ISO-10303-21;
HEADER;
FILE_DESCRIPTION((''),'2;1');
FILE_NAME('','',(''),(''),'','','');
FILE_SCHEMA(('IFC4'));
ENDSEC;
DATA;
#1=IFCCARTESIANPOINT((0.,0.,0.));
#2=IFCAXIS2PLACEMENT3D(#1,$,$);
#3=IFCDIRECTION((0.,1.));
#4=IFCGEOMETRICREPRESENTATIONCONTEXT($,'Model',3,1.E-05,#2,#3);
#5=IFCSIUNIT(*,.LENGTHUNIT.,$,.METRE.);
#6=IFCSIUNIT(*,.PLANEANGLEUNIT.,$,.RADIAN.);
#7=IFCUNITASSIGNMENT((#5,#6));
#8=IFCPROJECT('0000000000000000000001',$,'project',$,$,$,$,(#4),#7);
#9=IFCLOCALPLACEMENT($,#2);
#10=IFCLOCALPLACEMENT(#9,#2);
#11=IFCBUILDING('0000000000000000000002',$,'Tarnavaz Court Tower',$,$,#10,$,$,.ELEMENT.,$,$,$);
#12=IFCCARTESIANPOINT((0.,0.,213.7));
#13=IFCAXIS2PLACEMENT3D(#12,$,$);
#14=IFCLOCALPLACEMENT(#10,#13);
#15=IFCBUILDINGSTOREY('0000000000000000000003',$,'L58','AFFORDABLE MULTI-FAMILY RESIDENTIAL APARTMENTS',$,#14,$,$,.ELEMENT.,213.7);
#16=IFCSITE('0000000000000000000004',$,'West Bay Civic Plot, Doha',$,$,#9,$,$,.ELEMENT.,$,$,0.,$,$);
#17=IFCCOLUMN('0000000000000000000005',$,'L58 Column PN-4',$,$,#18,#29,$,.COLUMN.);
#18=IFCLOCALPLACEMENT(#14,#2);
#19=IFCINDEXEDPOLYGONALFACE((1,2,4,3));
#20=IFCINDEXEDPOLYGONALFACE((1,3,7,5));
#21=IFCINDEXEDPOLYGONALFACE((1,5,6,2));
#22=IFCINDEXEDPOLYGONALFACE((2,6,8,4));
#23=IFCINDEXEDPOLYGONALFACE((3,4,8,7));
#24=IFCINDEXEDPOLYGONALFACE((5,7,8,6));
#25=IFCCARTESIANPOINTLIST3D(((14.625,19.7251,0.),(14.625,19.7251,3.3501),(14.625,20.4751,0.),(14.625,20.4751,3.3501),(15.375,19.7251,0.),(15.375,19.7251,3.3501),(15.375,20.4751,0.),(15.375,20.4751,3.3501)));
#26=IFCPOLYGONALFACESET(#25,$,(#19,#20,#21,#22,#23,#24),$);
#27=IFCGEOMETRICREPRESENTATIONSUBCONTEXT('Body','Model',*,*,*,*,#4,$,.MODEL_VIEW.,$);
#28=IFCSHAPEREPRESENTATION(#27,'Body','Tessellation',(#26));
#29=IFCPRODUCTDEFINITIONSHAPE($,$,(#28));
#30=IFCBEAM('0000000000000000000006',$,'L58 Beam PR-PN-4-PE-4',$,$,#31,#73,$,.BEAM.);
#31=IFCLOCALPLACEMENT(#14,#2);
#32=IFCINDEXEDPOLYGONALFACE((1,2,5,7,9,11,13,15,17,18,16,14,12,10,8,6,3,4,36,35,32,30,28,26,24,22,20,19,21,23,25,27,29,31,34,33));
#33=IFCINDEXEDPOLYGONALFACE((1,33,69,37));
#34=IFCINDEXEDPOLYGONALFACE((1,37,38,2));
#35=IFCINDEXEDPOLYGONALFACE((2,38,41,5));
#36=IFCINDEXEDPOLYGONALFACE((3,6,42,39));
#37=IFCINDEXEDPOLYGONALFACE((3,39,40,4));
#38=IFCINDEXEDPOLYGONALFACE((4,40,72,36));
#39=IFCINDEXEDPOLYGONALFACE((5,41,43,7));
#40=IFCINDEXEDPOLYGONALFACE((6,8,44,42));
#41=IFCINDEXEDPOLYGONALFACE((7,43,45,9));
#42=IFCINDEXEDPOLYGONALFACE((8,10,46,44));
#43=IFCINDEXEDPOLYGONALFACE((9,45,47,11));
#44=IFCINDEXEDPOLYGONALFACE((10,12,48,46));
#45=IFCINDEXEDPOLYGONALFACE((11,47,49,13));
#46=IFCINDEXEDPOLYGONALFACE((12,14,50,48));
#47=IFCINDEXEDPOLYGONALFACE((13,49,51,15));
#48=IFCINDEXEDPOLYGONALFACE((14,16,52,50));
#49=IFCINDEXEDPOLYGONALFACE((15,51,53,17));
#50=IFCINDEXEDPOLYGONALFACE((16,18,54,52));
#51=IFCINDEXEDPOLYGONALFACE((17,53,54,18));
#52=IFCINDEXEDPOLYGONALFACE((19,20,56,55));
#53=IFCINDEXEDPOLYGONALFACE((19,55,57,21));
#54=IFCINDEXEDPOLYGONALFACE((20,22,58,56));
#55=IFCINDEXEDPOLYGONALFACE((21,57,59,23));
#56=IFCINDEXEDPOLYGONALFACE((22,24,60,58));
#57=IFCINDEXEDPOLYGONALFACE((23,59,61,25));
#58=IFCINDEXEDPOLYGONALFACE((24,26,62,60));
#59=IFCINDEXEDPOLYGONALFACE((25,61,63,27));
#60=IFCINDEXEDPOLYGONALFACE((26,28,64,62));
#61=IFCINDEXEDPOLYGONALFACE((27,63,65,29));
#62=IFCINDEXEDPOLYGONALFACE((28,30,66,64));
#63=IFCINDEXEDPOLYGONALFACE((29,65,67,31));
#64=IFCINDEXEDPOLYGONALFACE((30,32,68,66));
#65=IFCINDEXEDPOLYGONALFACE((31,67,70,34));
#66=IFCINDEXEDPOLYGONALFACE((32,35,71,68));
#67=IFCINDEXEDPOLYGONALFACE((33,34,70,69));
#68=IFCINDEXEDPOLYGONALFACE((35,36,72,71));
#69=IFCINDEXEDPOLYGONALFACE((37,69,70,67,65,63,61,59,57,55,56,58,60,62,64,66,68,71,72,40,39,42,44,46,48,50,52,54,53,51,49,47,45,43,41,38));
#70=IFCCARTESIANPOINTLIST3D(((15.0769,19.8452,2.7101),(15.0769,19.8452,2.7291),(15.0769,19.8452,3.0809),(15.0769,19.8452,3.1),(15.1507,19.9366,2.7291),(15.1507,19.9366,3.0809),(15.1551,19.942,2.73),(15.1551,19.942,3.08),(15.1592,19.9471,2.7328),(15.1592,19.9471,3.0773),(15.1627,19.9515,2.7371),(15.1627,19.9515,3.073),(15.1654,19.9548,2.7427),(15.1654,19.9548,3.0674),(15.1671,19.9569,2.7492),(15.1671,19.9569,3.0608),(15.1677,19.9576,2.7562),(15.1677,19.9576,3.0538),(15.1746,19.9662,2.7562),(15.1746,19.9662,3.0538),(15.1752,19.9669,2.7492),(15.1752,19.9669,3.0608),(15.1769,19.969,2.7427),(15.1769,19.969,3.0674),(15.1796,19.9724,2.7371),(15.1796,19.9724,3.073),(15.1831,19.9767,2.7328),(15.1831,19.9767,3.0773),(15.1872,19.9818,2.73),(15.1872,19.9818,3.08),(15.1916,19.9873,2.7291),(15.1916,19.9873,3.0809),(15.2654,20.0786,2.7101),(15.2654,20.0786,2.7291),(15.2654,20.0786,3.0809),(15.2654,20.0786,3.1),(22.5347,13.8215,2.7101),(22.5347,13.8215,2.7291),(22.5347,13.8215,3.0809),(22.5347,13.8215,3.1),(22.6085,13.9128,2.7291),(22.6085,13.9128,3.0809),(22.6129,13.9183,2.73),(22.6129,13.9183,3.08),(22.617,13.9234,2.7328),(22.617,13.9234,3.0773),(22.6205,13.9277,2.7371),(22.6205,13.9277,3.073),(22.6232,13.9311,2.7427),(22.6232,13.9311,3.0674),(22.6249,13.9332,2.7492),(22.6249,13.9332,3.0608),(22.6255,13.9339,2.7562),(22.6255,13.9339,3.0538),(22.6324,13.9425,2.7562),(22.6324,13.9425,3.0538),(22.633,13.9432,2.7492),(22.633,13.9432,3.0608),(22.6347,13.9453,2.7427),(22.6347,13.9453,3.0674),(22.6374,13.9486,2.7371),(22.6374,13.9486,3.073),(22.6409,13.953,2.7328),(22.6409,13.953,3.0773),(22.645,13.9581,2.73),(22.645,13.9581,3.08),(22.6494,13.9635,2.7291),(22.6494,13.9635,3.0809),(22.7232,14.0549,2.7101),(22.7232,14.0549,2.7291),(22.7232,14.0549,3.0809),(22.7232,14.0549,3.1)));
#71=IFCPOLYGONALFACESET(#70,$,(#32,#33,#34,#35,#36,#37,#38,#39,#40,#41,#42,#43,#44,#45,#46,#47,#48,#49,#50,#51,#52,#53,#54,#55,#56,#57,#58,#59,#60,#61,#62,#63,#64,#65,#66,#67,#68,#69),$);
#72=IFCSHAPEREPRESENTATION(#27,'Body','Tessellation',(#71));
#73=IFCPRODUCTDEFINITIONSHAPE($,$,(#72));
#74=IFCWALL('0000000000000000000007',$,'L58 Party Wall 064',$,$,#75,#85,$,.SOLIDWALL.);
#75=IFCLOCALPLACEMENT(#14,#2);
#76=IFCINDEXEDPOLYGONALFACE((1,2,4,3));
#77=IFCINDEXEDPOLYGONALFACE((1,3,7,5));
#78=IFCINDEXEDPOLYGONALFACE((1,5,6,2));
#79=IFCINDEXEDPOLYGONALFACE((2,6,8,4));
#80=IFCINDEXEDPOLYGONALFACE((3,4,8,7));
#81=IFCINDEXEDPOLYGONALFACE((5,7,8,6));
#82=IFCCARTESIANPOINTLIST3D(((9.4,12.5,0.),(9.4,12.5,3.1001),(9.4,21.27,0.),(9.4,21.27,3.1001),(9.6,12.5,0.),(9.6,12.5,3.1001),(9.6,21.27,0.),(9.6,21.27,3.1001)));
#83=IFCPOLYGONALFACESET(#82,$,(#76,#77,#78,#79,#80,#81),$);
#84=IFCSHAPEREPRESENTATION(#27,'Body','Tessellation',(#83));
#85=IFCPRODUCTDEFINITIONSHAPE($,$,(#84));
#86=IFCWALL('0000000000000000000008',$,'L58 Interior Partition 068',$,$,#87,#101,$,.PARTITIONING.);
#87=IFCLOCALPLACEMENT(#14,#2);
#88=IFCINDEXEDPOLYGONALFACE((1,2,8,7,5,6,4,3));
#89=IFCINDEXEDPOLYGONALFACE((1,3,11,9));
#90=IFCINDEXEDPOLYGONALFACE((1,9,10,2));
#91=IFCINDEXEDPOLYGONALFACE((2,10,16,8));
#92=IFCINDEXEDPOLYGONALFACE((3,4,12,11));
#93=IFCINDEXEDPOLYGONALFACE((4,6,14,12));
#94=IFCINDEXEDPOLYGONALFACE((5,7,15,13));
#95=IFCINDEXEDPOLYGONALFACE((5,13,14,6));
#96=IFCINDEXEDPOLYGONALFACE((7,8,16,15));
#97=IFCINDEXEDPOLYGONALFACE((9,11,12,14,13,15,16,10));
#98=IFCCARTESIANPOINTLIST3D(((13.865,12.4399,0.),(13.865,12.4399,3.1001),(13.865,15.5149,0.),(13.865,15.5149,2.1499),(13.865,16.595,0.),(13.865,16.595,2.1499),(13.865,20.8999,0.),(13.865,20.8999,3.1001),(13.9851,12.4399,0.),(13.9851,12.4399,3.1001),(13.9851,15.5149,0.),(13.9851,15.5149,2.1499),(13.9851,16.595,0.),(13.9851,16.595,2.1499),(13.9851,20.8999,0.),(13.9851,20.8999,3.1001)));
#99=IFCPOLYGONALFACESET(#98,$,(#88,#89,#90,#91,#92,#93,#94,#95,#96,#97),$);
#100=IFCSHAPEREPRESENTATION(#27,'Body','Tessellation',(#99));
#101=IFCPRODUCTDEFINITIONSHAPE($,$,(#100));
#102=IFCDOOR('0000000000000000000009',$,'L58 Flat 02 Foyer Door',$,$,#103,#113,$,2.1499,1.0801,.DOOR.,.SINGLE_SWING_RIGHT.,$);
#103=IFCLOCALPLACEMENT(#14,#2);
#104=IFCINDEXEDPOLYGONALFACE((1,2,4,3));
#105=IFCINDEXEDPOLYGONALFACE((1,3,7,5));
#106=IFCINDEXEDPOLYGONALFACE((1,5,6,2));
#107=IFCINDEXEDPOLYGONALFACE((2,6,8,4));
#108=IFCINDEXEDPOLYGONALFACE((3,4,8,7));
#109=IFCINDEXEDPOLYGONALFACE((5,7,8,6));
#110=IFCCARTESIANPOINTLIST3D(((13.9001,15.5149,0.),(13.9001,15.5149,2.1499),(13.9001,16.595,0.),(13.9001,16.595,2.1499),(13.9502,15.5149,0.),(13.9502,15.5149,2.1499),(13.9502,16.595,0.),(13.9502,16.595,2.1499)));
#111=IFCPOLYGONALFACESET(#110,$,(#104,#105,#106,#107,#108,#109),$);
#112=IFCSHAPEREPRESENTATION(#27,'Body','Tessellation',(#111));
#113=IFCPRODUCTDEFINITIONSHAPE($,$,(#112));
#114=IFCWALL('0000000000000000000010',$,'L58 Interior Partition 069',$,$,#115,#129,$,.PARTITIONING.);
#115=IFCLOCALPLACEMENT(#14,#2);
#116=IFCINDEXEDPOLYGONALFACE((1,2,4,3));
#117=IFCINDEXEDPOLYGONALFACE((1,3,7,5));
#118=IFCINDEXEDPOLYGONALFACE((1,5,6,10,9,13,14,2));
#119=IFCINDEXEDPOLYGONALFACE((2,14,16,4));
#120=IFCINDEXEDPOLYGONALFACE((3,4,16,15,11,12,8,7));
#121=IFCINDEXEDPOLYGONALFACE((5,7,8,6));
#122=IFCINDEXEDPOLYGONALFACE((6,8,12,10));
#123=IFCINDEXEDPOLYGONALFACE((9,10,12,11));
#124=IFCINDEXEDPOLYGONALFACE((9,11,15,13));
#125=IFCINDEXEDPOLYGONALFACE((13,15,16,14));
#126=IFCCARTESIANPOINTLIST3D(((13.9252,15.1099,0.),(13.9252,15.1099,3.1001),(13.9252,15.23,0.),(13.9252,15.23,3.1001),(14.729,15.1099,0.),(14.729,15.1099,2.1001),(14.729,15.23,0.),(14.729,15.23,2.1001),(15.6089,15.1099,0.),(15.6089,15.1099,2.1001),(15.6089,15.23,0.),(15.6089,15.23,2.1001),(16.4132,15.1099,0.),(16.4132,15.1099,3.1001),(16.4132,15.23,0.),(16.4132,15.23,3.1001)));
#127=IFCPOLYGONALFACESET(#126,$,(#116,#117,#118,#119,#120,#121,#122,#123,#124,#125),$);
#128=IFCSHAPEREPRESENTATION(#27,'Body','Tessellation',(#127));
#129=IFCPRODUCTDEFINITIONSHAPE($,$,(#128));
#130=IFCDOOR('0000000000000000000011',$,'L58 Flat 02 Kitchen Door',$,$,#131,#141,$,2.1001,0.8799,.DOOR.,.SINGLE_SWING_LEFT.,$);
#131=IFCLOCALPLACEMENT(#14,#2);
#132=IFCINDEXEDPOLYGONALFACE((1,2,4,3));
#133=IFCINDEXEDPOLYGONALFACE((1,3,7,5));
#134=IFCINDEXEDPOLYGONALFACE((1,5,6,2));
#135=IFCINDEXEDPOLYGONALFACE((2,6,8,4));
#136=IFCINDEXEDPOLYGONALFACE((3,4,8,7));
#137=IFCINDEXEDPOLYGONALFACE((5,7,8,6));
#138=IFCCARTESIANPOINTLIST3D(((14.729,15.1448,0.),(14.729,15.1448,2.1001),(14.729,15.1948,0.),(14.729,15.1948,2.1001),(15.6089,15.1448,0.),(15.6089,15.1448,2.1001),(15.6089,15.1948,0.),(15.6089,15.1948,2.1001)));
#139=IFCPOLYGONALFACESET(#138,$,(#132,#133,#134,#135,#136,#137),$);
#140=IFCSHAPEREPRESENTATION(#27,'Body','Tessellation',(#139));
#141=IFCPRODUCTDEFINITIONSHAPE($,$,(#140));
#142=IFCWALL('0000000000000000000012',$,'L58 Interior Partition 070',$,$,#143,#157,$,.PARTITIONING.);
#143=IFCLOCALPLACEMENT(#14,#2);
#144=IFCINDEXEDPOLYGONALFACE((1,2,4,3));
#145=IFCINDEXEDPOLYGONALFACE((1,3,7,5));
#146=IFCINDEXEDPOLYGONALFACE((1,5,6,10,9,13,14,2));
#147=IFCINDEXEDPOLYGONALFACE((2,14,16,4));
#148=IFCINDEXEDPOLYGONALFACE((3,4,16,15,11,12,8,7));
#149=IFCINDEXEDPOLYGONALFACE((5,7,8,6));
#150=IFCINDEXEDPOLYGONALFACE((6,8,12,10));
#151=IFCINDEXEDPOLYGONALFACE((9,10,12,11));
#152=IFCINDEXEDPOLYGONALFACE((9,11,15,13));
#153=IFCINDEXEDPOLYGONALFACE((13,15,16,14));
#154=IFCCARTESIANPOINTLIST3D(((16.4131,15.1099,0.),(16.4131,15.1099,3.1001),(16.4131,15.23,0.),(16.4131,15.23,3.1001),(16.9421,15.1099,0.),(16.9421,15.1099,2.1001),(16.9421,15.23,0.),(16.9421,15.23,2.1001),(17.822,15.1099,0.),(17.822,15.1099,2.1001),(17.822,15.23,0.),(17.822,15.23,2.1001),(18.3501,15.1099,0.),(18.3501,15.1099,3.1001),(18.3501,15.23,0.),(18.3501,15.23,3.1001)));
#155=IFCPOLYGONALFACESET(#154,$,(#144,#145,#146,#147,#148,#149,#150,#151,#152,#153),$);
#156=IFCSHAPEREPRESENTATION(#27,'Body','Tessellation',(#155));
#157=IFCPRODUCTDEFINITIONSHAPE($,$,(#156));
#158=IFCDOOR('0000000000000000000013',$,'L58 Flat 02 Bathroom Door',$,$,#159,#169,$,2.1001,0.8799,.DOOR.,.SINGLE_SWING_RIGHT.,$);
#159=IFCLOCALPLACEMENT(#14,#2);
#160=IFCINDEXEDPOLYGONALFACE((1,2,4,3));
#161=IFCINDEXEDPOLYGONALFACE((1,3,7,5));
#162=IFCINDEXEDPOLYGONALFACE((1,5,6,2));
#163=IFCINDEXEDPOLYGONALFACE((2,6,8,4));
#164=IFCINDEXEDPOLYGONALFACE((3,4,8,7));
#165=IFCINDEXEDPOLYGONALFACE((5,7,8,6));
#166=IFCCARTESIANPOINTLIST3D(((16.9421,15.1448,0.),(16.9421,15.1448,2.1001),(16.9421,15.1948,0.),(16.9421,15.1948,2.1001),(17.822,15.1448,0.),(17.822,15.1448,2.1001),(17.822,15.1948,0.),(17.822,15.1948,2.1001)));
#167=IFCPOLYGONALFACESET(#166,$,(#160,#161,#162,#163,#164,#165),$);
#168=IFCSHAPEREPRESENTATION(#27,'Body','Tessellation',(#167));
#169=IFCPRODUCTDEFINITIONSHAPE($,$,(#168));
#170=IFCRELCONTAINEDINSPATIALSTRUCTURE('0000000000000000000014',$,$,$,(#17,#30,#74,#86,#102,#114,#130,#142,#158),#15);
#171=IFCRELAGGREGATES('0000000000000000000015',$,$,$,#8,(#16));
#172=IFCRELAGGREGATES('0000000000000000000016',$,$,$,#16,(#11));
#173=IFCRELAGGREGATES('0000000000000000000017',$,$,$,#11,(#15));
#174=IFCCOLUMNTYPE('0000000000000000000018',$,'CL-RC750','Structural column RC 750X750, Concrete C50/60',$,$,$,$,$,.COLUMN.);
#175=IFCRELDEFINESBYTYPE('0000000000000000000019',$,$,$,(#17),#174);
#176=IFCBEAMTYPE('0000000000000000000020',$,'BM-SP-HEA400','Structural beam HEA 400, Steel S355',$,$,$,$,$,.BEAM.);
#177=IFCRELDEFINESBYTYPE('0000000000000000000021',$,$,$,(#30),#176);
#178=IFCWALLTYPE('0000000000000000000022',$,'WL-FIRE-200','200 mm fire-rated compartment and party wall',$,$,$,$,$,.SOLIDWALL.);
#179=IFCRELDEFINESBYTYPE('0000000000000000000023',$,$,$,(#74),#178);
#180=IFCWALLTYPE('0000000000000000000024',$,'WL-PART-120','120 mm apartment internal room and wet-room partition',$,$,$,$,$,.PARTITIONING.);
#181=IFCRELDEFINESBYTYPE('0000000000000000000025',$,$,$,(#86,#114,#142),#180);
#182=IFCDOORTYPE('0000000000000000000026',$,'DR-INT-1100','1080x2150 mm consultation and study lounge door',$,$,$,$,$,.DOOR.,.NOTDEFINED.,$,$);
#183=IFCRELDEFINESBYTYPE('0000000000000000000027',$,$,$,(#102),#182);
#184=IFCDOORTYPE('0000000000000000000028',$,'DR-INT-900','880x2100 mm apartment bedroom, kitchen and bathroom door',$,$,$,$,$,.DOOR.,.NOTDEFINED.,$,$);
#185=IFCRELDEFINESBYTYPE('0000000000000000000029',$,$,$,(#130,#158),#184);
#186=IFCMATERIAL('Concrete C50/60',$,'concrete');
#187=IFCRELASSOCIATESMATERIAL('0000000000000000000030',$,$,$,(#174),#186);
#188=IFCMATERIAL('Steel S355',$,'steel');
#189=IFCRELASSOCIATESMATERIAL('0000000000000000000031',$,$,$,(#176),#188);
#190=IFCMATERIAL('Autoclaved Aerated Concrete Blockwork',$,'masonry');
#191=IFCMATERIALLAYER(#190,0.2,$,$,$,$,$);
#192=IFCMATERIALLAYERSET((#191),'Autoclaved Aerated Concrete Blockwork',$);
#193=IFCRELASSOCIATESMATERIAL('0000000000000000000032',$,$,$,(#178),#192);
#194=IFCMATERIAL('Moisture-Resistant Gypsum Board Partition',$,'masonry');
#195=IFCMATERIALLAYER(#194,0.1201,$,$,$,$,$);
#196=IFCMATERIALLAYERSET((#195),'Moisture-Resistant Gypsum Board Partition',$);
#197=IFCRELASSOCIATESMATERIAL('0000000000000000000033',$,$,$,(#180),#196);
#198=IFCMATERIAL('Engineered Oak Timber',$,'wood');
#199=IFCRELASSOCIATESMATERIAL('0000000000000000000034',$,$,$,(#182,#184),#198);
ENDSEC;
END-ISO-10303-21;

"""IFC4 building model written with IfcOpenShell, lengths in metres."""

from ifc_helpers import new_model, si_unit, direction, frame, frame_2d, origin, origin_2d, place, context, subcontext, project, spatial, rectangle, i_section, extrude, material, layer, layer_set, material_profile, profile_set, type_object, element, fill, save


model = new_model("IFC4")

# Units and contexts
model_context = context("Model", 3, precision=1e-05, world=origin(), true_north=direction((0.0, 1.0)))
body_context = subcontext(model_context, "Body", "Model", "MODEL_VIEW")
ifc_project = project(units=[si_unit("LENGTHUNIT", "METRE"), si_unit("PLANEANGLEUNIT", "RADIAN")], contexts=[model_context])

# Site, building, storey
site_placement = place(None, origin())
site = spatial("IfcSite", under=ifc_project, at=site_placement, Name="West Bay Civic Plot, Doha", CompositionType="ELEMENT", RefElevation=0.0)
building_placement = place(site_placement, origin())
building = spatial("IfcBuilding", under=site, at=building_placement, Name="Tarnavaz Court Tower", CompositionType="ELEMENT")
storey_placement = place(building_placement, frame((0.0, 0.0, 213.7)))
storey = spatial("IfcBuildingStorey", under=building, at=storey_placement, Name="L58", Description="AFFORDABLE MULTI-FAMILY RESIDENTIAL APARTMENTS", CompositionType="ELEMENT", Elevation=213.7)

# Column
ifc_material_1 = material(Name="Concrete C50/60", Category="concrete")
ifc_material_profile_1 = material_profile(ifc_material_1, rectangle(XDim=0.75, YDim=0.75, at=origin_2d()), Name="RC 750X750")
ifc_profile_set_1 = profile_set([ifc_material_profile_1], Name="Concrete C50/60")
column_type = type_object("IfcColumnType", Name="CL-RC750", Description="Structural column RC 750X750, Concrete C50/60", PredefinedType="COLUMN", material=ifc_profile_set_1)
column_placement = place(storey_placement, frame((15.0, 20.1001, 0.0), z_axis=(0.0, 0.0, 1.0), x_axis=(1.0, 0.0, 0.0)))
element("IfcColumn", 1, at=column_placement, inside=storey, type_object=column_type, Name="L58 Column PN-4", PredefinedType="COLUMN", context=body_context, shape_type="SweptSolid", body=[
    extrude(rectangle(XDim=0.75, YDim=0.75, at=origin_2d()), origin(), (0.0, 0.0, 1.0), 3.3501),
])

# Beam
ifc_material_2 = material(Name="Steel S355", Category="steel")
ifc_material_profile_2 = material_profile(ifc_material_2, i_section(OverallWidth=0.3, OverallDepth=0.3899, WebThickness=0.011, FlangeThickness=0.019, FilletRadius=0.0271, at=origin_2d()), Name="HEA 400")
ifc_profile_set_2 = profile_set([ifc_material_profile_2], Name="Steel S355")
beam_type = type_object("IfcBeamType", Name="BM-SP-HEA400", Description="Structural beam HEA 400, Steel S355", PredefinedType="BEAM", material=ifc_profile_set_2)
beam_placement = place(storey_placement, frame((15.1711, 19.9619, 2.905), z_axis=(0.777936, -0.628344, 0.0), x_axis=(0.628344, 0.777936, 0.0)))
element("IfcBeam", 2, at=beam_placement, inside=storey, type_object=beam_type, Name="L58 Beam PR-PN-4-PE-4", PredefinedType="BEAM", context=body_context, shape_type="SweptSolid", body=[
    extrude(i_section(OverallWidth=0.3, OverallDepth=0.3899, WebThickness=0.011, FlangeThickness=0.019, FilletRadius=0.0271, at=origin_2d()), origin(), (0.0, 0.0, 1.0), 9.5867),
])

# Wall
ifc_material_3 = material(Name="Autoclaved Aerated Concrete Blockwork", Category="masonry")
ifc_layer_1 = layer(ifc_material_3, 0.2)
ifc_layer_set_1 = layer_set([ifc_layer_1], Name="Autoclaved Aerated Concrete Blockwork")
wall_type_1 = type_object("IfcWallType", Name="WL-FIRE-200", Description="200 mm fire-rated compartment and party wall", PredefinedType="SOLIDWALL", material=ifc_layer_set_1)
wall_1_placement = place(storey_placement, frame((9.5, 12.5, 0.0), z_axis=(0.0, 0.0, 1.0), x_axis=(0.0, 1.0, 0.0)))
element("IfcWall", 3, at=wall_1_placement, inside=storey, type_object=wall_type_1, Name="L58 Party Wall 064", PredefinedType="SOLIDWALL", context=body_context, shape_type="SweptSolid", body=[
    extrude(rectangle(XDim=8.77, YDim=0.2, at=frame_2d((4.385, 0.0))), origin(), (0.0, 0.0, 1.0), 3.1001),
])

# Walls, openings, doors
ifc_material_4 = material(Name="Moisture-Resistant Gypsum Board Partition", Category="masonry")
ifc_layer_2 = layer(ifc_material_4, 0.1201)
ifc_layer_set_2 = layer_set([ifc_layer_2], Name="Moisture-Resistant Gypsum Board Partition")
wall_type_2 = type_object("IfcWallType", Name="WL-PART-120", Description="120 mm apartment internal room and wet-room partition", PredefinedType="PARTITIONING", material=ifc_layer_set_2)
wall_2_placement = place(storey_placement, frame((13.925, 12.4399, 0.0), z_axis=(0.0, 0.0, 1.0), x_axis=(0.0, 1.0, 0.0)))
wall_2 = element("IfcWall", 4, at=wall_2_placement, inside=storey, type_object=wall_type_2, Name="L58 Interior Partition 068", PredefinedType="PARTITIONING", context=body_context, shape_type="SweptSolid", body=[
    extrude(rectangle(XDim=8.46, YDim=0.1201, at=frame_2d((4.23, 0.0))), origin(), (0.0, 0.0, 1.0), 3.1001),
])
opening_1_placement = place(wall_2_placement, frame((3.075, 0.0, 0.0)))
opening_1 = element("IfcOpeningElement", 5, at=opening_1_placement, cuts=wall_2, PredefinedType="OPENING", context=body_context, shape_type="SweptSolid", body=[
    extrude(rectangle(XDim=1.0801, YDim=2.1499, at=frame_2d((0.54, 1.075))), frame((0.0, 0.0701, 0.0), z_axis=(0.0, -1.0, 0.0), x_axis=(1.0, 0.0, 0.0)), (0.0, 0.0, 1.0), 0.1401),
])
ifc_material_5 = material(Name="Engineered Oak Timber", Category="wood")
door_type_1 = type_object("IfcDoorType", Name="DR-INT-1100", Description="1080x2150 mm consultation and study lounge door", OperationType="NOTDEFINED", PredefinedType="DOOR", material=ifc_material_5)
door_1_placement = place(opening_1_placement, origin())
door_1 = element("IfcDoor", 6, at=door_1_placement, inside=storey, type_object=door_type_1, Name="L58 Flat 02 Foyer Door", OperationType="SINGLE_SWING_RIGHT", OverallHeight=2.1499, OverallWidth=1.0801, PredefinedType="DOOR", context=body_context, shape_type="SweptSolid", body=[
    extrude(rectangle(XDim=1.0801, YDim=2.1499, at=frame_2d((0.54, 1.075))), frame((0.0, 0.0249, 0.0), z_axis=(0.0, -1.0, 0.0), x_axis=(1.0, 0.0, 0.0)), (0.0, 0.0, 1.0), 0.05),
])
fill(opening_1, door_1)
wall_3_placement = place(storey_placement, frame((13.925, 15.1699, 0.0), z_axis=(0.0, 0.0, 1.0), x_axis=(1.0, 0.0, 0.0)))
wall_3 = element("IfcWall", 7, at=wall_3_placement, inside=storey, type_object=wall_type_2, Name="L58 Interior Partition 069", PredefinedType="PARTITIONING", context=body_context, shape_type="SweptSolid", body=[
    extrude(rectangle(XDim=2.488, YDim=0.1201, at=frame_2d((1.2441, 0.0))), origin(), (0.0, 0.0, 1.0), 3.1001),
])
opening_2_placement = place(wall_3_placement, frame((0.804, 0.0, 0.0)))
opening_2 = element("IfcOpeningElement", 8, at=opening_2_placement, cuts=wall_3, PredefinedType="OPENING", context=body_context, shape_type="SweptSolid", body=[
    extrude(rectangle(XDim=0.8799, YDim=2.1001, at=frame_2d((0.4399, 1.05))), frame((0.0, 0.0701, 0.0), z_axis=(0.0, -1.0, 0.0), x_axis=(1.0, 0.0, 0.0)), (0.0, 0.0, 1.0), 0.1401),
])
door_type_2 = type_object("IfcDoorType", Name="DR-INT-900", Description="880x2100 mm apartment bedroom, kitchen and bathroom door", OperationType="NOTDEFINED", PredefinedType="DOOR", material=ifc_material_5)
door_2_placement = place(opening_2_placement, origin())
door_2 = element("IfcDoor", 9, at=door_2_placement, inside=storey, type_object=door_type_2, Name="L58 Flat 02 Kitchen Door", OperationType="SINGLE_SWING_LEFT", OverallHeight=2.1001, OverallWidth=0.8799, PredefinedType="DOOR", context=body_context, shape_type="SweptSolid", body=[
    extrude(rectangle(XDim=0.8799, YDim=2.1001, at=frame_2d((0.4399, 1.05))), frame((0.0, 0.0249, 0.0), z_axis=(0.0, -1.0, 0.0), x_axis=(1.0, 0.0, 0.0)), (0.0, 0.0, 1.0), 0.05),
])
fill(opening_2, door_2)
wall_4_placement = place(storey_placement, frame((16.4131, 15.1699, 0.0), z_axis=(0.0, 0.0, 1.0), x_axis=(1.0, 0.0, 0.0)))
wall_4 = element("IfcWall", 10, at=wall_4_placement, inside=storey, type_object=wall_type_2, Name="L58 Interior Partition 070", PredefinedType="PARTITIONING", context=body_context, shape_type="SweptSolid", body=[
    extrude(rectangle(XDim=1.937, YDim=0.1201, at=frame_2d((0.9685, 0.0))), origin(), (0.0, 0.0, 1.0), 3.1001),
])
opening_3_placement = place(wall_4_placement, frame((0.5291, 0.0, 0.0)))
opening_3 = element("IfcOpeningElement", 11, at=opening_3_placement, cuts=wall_4, PredefinedType="OPENING", context=body_context, shape_type="SweptSolid", body=[
    extrude(rectangle(XDim=0.8799, YDim=2.1001, at=frame_2d((0.4399, 1.05))), frame((0.0, 0.0701, 0.0), z_axis=(0.0, -1.0, 0.0), x_axis=(1.0, 0.0, 0.0)), (0.0, 0.0, 1.0), 0.1401),
])
door_3_placement = place(opening_3_placement, origin())
door_3 = element("IfcDoor", 12, at=door_3_placement, inside=storey, type_object=door_type_2, Name="L58 Flat 02 Bathroom Door", OperationType="SINGLE_SWING_RIGHT", OverallHeight=2.1001, OverallWidth=0.8799, PredefinedType="DOOR", context=body_context, shape_type="SweptSolid", body=[
    extrude(rectangle(XDim=0.8799, YDim=2.1001, at=frame_2d((0.4399, 1.05))), frame((0.0, 0.0249, 0.0), z_axis=(0.0, -1.0, 0.0), x_axis=(1.0, 0.0, 0.0)), (0.0, 0.0, 1.0), 0.05),
])
fill(opening_3, door_3)

save(model, "model.ifc")
